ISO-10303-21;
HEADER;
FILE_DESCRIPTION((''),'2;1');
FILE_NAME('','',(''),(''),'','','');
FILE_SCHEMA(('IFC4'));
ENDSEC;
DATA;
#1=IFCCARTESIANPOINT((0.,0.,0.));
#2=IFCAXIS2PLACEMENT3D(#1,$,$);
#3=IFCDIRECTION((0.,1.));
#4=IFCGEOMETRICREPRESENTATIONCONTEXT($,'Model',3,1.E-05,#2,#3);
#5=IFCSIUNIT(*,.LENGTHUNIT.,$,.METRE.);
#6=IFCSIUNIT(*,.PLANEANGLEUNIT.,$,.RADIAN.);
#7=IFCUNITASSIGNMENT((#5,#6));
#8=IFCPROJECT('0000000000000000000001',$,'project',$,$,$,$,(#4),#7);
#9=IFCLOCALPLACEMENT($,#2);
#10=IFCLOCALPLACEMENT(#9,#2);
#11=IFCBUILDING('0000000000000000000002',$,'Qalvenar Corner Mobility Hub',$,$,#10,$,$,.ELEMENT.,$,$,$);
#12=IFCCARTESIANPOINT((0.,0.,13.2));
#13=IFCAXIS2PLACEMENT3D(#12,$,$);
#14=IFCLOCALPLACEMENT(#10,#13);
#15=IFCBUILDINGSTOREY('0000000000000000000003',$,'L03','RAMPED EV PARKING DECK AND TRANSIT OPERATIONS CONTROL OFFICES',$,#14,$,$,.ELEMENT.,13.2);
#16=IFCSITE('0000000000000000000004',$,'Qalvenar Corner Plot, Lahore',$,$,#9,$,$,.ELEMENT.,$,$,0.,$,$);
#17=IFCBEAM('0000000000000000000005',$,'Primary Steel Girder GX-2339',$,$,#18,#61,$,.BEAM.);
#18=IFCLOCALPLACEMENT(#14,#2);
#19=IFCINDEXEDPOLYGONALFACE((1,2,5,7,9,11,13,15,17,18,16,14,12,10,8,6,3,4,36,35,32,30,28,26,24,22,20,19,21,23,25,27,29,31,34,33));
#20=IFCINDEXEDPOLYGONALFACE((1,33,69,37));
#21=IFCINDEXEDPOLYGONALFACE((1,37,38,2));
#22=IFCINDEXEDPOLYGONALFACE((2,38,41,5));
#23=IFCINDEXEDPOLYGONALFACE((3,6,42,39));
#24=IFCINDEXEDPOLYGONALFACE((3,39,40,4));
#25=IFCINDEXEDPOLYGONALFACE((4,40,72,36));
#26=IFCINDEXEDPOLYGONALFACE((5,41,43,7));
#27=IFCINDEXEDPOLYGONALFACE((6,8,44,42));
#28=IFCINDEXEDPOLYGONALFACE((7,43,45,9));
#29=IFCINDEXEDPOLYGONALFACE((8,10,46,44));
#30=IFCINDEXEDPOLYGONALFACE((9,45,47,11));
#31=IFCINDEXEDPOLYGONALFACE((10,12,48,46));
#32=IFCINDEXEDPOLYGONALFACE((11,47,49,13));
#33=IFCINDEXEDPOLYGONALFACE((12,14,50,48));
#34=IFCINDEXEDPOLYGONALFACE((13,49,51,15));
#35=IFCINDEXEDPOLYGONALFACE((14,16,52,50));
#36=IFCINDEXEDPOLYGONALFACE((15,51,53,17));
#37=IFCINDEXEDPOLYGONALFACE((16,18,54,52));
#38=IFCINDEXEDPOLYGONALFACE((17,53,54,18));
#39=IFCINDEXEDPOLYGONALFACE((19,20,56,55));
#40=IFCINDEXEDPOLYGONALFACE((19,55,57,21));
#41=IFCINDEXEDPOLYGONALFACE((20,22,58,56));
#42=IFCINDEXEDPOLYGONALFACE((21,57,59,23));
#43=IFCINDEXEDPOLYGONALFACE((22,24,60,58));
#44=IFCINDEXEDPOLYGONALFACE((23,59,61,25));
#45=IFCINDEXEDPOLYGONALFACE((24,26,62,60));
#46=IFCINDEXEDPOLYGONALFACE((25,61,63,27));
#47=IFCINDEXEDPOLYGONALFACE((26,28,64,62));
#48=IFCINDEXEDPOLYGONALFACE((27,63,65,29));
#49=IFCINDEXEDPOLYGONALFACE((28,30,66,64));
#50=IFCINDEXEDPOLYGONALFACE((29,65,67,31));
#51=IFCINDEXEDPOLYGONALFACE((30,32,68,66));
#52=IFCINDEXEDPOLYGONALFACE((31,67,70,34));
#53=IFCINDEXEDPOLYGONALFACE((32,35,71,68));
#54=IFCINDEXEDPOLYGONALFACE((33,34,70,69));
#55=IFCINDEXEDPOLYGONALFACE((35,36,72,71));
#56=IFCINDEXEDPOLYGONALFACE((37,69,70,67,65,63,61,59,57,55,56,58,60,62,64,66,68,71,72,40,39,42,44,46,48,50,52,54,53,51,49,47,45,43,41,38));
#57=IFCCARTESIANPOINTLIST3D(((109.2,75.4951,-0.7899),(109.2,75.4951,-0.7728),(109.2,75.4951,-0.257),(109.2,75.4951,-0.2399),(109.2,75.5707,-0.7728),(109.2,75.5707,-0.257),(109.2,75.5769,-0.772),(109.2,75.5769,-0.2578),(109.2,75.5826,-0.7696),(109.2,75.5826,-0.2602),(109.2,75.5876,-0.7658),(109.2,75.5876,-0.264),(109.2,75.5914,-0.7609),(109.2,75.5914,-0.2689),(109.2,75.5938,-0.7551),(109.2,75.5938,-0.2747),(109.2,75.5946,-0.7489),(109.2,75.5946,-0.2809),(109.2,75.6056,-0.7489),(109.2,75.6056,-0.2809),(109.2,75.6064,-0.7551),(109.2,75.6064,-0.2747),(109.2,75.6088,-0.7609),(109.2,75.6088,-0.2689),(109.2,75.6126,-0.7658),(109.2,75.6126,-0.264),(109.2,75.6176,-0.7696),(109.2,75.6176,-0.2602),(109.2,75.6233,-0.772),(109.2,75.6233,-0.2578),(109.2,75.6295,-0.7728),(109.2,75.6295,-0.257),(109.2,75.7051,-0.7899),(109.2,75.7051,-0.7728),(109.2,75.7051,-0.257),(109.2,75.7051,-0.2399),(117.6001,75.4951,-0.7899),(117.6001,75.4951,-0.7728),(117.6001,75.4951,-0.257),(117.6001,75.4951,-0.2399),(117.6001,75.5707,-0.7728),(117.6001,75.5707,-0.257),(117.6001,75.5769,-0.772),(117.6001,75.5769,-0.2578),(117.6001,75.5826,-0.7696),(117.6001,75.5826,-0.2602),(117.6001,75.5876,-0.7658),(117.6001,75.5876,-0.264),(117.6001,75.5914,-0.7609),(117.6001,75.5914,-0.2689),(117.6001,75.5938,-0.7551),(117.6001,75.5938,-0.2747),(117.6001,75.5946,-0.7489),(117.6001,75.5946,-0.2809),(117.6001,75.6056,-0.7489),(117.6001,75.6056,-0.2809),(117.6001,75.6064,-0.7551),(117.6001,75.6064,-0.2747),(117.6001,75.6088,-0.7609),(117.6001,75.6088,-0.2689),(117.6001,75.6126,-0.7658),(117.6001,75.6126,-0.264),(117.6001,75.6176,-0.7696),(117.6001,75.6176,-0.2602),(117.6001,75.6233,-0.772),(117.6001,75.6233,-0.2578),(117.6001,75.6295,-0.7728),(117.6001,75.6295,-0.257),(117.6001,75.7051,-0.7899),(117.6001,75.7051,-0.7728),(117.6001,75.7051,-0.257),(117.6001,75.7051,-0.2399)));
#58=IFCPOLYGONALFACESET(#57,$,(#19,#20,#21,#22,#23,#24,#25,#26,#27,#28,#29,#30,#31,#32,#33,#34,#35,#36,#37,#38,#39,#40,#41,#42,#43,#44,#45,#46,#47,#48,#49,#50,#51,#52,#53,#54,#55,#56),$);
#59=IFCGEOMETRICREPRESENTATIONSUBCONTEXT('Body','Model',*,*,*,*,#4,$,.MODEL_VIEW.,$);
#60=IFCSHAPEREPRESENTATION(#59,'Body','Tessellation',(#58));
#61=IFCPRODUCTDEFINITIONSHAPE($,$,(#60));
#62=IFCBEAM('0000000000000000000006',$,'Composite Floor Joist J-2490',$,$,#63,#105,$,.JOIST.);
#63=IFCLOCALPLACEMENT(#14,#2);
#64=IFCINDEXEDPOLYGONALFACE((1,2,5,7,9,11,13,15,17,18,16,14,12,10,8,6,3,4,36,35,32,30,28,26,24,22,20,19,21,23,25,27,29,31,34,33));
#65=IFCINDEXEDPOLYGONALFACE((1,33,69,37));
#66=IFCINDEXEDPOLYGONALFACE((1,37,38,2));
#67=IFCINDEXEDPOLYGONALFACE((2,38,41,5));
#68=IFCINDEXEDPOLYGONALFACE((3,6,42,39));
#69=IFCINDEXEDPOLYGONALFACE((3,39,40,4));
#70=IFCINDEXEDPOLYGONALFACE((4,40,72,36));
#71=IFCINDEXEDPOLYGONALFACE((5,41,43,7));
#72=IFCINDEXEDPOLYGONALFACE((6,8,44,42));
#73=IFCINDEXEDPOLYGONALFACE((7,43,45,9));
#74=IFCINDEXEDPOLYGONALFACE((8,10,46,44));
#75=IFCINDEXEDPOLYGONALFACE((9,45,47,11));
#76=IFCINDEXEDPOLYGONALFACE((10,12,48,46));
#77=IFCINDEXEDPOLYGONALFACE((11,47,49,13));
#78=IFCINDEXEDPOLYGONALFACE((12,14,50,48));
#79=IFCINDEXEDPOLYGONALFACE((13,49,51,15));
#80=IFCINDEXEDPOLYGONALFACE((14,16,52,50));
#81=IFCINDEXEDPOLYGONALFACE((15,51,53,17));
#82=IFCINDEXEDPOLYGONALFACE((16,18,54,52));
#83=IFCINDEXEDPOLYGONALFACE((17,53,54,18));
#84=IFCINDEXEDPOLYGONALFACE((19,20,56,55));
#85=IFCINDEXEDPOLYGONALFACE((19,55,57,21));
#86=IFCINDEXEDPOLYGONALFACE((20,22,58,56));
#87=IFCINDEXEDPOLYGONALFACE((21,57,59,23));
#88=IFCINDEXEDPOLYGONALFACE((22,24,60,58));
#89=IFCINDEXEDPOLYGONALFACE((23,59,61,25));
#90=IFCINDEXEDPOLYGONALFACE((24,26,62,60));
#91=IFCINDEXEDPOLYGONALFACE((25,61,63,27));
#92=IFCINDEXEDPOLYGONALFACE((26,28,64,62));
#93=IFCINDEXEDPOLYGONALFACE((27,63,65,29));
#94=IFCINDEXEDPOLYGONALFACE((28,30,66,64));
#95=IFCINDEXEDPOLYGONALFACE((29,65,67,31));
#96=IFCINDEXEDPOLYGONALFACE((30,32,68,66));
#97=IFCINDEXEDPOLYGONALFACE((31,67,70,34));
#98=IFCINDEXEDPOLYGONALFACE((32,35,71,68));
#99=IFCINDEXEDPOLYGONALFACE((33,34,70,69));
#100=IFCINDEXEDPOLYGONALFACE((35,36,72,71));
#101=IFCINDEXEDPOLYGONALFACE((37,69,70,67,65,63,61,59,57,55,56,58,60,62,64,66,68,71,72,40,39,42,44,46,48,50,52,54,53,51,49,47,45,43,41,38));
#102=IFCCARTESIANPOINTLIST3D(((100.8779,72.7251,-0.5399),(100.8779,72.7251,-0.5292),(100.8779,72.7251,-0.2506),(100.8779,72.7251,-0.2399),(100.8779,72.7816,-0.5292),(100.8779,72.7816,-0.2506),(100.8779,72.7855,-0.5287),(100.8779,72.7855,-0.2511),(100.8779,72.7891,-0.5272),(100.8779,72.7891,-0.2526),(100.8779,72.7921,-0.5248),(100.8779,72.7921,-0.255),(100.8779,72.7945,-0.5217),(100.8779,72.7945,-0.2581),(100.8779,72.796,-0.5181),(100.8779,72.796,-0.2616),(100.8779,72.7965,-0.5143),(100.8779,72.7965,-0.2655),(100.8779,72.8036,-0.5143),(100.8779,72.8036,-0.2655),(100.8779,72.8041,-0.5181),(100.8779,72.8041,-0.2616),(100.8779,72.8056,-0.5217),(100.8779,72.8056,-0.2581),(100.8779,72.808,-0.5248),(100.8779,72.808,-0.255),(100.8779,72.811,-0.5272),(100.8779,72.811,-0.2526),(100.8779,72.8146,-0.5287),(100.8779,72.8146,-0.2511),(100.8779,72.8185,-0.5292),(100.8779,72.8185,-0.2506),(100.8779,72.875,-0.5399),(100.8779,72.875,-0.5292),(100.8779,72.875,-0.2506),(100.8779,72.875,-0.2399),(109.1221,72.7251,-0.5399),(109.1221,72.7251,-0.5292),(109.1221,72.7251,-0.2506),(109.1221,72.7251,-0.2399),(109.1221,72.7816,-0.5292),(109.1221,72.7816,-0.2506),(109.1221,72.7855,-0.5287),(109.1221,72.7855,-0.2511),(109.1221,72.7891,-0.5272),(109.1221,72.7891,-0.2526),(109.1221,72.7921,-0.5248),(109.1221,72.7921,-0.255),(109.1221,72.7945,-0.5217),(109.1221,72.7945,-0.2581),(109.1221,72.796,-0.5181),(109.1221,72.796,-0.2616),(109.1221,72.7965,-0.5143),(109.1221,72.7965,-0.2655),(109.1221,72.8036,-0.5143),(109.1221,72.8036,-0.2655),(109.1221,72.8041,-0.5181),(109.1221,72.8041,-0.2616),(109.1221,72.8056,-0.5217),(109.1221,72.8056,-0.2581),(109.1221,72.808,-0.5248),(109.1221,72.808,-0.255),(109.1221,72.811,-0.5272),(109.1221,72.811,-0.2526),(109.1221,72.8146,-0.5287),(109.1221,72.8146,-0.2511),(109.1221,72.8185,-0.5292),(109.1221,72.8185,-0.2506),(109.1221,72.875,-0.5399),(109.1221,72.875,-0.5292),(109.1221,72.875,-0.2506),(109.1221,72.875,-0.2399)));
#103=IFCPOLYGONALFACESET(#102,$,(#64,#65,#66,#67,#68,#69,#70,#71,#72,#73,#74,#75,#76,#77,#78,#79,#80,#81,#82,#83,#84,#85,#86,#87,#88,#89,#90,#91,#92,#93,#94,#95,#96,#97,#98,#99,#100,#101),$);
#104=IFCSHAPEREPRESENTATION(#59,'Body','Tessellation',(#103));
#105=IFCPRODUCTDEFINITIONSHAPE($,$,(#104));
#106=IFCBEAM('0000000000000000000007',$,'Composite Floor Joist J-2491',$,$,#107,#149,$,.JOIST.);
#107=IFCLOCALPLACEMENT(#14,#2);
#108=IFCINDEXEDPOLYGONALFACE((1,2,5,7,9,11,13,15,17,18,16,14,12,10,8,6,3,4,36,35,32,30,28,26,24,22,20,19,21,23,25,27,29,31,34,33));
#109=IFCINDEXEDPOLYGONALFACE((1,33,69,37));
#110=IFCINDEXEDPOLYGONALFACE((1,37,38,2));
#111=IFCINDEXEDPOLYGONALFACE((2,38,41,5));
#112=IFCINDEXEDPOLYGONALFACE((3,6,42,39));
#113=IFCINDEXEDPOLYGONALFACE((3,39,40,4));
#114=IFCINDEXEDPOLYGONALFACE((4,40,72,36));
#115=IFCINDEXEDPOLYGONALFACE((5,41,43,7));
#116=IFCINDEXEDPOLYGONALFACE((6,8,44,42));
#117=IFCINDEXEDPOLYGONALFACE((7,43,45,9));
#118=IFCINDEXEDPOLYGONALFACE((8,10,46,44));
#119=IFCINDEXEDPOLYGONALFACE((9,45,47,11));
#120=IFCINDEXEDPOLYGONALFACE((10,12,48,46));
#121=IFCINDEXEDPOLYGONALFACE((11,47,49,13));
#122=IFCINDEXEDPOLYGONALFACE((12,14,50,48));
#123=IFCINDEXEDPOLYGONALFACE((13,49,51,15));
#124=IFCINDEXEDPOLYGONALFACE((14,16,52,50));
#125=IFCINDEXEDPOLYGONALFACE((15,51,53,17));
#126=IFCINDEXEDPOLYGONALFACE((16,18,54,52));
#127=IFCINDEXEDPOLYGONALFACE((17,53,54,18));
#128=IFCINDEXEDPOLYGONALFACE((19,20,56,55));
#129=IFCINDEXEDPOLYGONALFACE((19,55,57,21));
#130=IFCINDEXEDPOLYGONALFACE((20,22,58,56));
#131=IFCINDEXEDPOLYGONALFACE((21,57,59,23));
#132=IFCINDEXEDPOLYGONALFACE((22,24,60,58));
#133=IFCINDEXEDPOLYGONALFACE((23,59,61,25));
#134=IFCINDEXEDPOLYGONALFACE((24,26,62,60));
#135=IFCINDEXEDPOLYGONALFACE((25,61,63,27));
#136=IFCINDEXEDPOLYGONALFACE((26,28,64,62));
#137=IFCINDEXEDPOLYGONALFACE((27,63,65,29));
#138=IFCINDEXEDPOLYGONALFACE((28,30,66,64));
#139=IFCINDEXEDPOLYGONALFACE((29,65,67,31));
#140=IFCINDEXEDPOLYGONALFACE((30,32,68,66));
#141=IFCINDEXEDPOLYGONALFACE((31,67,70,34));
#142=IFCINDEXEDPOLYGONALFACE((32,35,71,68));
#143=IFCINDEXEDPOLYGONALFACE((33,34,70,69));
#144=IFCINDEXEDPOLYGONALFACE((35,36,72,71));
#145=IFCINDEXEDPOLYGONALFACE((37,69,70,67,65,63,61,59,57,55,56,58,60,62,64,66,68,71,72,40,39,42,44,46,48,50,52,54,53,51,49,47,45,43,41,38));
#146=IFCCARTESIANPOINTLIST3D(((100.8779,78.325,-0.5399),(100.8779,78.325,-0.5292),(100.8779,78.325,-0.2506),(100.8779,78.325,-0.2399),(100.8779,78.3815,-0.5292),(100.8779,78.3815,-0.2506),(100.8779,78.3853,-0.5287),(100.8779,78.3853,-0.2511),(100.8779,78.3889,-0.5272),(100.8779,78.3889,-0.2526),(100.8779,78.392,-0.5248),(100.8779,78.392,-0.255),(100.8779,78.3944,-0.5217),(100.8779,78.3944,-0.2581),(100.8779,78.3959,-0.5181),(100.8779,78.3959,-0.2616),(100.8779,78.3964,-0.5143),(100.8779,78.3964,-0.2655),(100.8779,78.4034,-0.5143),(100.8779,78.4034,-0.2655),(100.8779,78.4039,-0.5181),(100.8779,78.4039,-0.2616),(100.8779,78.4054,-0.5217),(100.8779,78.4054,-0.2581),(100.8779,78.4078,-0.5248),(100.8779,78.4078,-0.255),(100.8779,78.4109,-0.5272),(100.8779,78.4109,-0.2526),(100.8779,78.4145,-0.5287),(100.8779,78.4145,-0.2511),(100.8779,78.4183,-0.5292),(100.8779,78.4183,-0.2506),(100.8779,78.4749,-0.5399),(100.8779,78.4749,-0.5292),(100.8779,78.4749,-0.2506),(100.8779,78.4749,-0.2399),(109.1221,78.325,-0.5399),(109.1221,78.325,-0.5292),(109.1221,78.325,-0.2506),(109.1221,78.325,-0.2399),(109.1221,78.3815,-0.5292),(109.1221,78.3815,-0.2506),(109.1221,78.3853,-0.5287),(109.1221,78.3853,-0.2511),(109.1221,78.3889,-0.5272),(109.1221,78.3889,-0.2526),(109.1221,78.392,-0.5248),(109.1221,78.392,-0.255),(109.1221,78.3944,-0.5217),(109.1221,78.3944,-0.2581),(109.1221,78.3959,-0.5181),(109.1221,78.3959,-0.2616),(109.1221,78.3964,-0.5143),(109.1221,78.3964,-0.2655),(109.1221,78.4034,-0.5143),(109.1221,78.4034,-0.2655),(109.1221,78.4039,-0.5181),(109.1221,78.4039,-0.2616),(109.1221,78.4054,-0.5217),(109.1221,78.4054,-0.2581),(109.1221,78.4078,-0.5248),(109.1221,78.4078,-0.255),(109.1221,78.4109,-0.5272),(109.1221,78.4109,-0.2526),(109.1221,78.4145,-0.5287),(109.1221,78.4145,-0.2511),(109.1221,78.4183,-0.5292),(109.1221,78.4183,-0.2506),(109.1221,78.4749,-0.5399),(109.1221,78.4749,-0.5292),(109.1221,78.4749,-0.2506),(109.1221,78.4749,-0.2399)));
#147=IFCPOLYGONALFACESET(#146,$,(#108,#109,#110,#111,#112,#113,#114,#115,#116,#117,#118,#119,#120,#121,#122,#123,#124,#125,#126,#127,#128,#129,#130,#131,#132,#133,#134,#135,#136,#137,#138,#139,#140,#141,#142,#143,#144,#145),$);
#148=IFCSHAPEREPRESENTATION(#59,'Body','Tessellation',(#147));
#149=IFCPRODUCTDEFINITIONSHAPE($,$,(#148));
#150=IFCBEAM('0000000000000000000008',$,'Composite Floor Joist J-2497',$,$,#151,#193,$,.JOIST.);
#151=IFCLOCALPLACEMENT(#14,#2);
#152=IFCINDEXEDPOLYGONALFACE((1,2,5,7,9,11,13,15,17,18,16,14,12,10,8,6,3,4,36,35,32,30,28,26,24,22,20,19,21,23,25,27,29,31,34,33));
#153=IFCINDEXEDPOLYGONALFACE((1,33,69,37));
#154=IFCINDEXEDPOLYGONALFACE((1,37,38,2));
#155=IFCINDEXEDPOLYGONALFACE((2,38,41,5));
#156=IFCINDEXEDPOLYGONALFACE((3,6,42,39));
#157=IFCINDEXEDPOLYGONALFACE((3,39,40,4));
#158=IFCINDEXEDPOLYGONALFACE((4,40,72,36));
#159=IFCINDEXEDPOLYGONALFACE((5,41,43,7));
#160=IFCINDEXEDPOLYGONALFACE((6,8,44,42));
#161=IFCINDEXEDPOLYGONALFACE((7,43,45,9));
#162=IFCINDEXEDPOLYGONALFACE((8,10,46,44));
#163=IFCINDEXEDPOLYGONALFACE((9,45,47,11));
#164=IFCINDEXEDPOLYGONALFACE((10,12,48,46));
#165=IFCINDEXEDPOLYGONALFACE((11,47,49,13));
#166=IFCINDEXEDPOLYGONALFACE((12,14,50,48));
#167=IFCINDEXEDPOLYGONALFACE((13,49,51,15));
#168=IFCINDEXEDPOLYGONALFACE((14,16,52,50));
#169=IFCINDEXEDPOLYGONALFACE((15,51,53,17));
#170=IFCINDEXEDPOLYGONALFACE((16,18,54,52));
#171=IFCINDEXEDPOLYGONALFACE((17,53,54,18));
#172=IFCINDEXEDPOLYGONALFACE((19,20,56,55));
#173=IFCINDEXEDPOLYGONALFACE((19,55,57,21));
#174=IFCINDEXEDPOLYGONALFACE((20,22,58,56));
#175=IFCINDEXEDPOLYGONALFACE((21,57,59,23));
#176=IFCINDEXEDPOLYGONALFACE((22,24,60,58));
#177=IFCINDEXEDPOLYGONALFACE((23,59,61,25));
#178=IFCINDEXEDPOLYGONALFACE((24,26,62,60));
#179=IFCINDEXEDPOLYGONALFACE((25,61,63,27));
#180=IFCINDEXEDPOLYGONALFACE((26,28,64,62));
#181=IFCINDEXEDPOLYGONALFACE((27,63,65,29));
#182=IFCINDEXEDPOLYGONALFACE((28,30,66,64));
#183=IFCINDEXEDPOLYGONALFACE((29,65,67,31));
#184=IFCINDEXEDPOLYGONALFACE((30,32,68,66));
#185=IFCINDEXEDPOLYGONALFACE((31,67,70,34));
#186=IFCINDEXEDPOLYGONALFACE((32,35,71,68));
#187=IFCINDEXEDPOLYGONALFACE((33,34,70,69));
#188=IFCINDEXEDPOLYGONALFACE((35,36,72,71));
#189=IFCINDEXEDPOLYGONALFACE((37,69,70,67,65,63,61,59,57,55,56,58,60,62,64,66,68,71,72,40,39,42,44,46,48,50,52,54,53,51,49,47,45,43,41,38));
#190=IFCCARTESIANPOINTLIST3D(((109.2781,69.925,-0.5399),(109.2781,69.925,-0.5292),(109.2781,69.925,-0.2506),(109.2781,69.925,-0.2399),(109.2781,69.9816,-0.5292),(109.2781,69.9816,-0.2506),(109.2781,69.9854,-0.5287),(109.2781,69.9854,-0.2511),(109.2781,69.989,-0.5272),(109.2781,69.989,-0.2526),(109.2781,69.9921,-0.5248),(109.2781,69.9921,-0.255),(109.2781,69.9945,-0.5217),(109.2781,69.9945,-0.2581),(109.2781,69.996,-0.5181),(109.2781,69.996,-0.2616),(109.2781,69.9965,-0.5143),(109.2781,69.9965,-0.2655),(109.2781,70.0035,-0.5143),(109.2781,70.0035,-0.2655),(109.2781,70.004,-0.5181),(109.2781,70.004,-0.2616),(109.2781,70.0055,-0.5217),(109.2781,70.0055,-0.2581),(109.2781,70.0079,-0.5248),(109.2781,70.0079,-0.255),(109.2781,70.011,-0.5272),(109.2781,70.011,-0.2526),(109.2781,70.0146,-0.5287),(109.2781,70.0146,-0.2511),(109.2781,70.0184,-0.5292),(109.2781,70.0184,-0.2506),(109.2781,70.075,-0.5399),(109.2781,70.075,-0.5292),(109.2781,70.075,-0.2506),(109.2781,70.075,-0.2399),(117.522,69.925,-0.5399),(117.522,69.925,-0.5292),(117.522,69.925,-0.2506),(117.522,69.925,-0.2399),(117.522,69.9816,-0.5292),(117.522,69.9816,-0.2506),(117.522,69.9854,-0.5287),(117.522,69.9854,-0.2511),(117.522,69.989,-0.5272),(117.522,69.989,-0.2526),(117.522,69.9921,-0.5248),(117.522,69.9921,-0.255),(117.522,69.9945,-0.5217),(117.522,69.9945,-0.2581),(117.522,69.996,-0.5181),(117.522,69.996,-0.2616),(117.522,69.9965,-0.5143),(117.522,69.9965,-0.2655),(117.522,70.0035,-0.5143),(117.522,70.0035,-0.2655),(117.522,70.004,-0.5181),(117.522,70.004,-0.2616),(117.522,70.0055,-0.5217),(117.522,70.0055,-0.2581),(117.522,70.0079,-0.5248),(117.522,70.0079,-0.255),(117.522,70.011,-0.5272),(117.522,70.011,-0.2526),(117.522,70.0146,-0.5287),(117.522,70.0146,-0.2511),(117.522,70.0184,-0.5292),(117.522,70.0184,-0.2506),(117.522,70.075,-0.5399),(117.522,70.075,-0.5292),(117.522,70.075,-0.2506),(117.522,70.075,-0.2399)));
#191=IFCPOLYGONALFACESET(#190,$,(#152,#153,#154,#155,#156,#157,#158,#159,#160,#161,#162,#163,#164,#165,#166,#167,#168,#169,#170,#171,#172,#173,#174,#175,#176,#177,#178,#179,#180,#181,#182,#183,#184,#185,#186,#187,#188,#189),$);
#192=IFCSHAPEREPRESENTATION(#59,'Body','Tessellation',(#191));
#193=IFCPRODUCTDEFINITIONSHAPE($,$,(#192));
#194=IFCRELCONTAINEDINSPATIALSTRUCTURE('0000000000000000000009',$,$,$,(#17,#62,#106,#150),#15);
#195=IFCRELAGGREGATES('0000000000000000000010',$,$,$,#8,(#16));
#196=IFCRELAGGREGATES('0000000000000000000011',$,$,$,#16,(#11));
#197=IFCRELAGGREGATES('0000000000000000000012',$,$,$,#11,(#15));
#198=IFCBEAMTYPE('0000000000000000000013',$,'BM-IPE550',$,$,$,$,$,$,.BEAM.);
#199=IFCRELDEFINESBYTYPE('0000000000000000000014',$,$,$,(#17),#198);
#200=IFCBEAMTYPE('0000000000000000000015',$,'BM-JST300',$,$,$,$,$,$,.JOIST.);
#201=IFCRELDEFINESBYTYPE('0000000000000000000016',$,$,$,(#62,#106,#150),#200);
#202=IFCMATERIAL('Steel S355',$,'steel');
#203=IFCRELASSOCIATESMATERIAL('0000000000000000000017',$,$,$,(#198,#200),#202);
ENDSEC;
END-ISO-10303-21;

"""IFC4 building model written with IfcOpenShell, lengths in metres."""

from ifc_helpers import new_model, si_unit, direction, frame, origin, origin_2d, place, context, subcontext, project, spatial, i_section, extrude, material, material_profile, profile_set, type_object, element, save


model = new_model("IFC4")

# Units and contexts
model_context = context("Model", 3, precision=1e-05, world=origin(), true_north=direction((0.0, 1.0)))
body_context = subcontext(model_context, "Body", "Model", "MODEL_VIEW")
ifc_project = project(units=[si_unit("LENGTHUNIT", "METRE"), si_unit("PLANEANGLEUNIT", "RADIAN")], contexts=[model_context])

# Site, building, storey
site_placement = place(None, origin())
site = spatial("IfcSite", under=ifc_project, at=site_placement, Name="Qalvenar Corner Plot, Lahore", CompositionType="ELEMENT", RefElevation=0.0)
building_placement = place(site_placement, origin())
building = spatial("IfcBuilding", under=site, at=building_placement, Name="Qalvenar Corner Mobility Hub", CompositionType="ELEMENT")
storey_placement = place(building_placement, frame((0.0, 0.0, 13.2)))
storey = spatial("IfcBuildingStorey", under=building, at=storey_placement, Name="L03", Description="RAMPED EV PARKING DECK AND TRANSIT OPERATIONS CONTROL OFFICES", CompositionType="ELEMENT", Elevation=13.2)

# Shared definitions
ifc_material = material(Name="Steel S355", Category="steel")

# Beams
ifc_material_profile_1 = material_profile(ifc_material, i_section(OverallWidth=0.21, OverallDepth=0.55, WebThickness=0.011, FlangeThickness=0.0171, FilletRadius=0.0239, at=origin_2d()), Name="IPE550")
ifc_profile_set_1 = profile_set([ifc_material_profile_1], Name="Steel S355")
beam_type_1 = type_object("IfcBeamType", Name="BM-IPE550", PredefinedType="BEAM", material=ifc_profile_set_1)
beam_1_placement = place(storey_placement, frame((109.2, 75.6001, -0.5149), z_axis=(1.0, 0.0, 0.0), x_axis=(0.0, 1.0, 0.0)))
element("IfcBeam", 1, at=beam_1_placement, inside=storey, type_object=beam_type_1, Name="Primary Steel Girder GX-2339", PredefinedType="BEAM", context=body_context, shape_type="SweptSolid", body=[
    extrude(i_section(OverallWidth=0.21, OverallDepth=0.55, WebThickness=0.011, FlangeThickness=0.0171, FilletRadius=0.0239, at=origin_2d()), origin(), (0.0, 0.0, 1.0), 8.4001),
])
ifc_material_profile_2 = material_profile(ifc_material, i_section(OverallWidth=0.1499, OverallDepth=0.3, WebThickness=0.0071, FlangeThickness=0.0107, FilletRadius=0.0149, at=origin_2d()), Name="IPE300")
ifc_profile_set_2 = profile_set([ifc_material_profile_2], Name="Steel S355")
beam_type_2 = type_object("IfcBeamType", Name="BM-JST300", PredefinedType="JOIST", material=ifc_profile_set_2)
for number, where, z_axis, x_axis, name in (
    (2, (100.8779, 72.8, -0.3899), (1.0, 0.0, 0.0), (0.0, 1.0, 0.0), "Composite Floor Joist J-2490"),
    (3, (100.8779, 78.3999, -0.3899), (1.0, 0.0, 0.0), (0.0, 1.0, 0.0), "Composite Floor Joist J-2491"),
):
    element("IfcBeam", number, at=place(storey_placement, frame(where, z_axis=z_axis, x_axis=x_axis)), inside=storey, type_object=beam_type_2, Name=name, PredefinedType="JOIST", context=body_context, shape_type="SweptSolid", body=[
        extrude(i_section(OverallWidth=0.1499, OverallDepth=0.3, WebThickness=0.0071, FlangeThickness=0.0107, FilletRadius=0.0149, at=origin_2d()), origin(), (0.0, 0.0, 1.0), 8.2441),
    ])
for number, where, z_axis, x_axis, name in (
    (4, (109.2781, 70.0, -0.3899), (1.0, 0.0, 0.0), (0.0, 1.0, 0.0), "Composite Floor Joist J-2497"),
):
    element("IfcBeam", number, at=place(storey_placement, frame(where, z_axis=z_axis, x_axis=x_axis)), inside=storey, type_object=beam_type_2, Name=name, PredefinedType="JOIST", context=body_context, shape_type="SweptSolid", body=[
        extrude(i_section(OverallWidth=0.1499, OverallDepth=0.3, WebThickness=0.0071, FlangeThickness=0.0107, FilletRadius=0.0149, at=origin_2d()), origin(), (0.0, 0.0, 1.0), 8.2439),
    ])

save(model, "model.ifc")
